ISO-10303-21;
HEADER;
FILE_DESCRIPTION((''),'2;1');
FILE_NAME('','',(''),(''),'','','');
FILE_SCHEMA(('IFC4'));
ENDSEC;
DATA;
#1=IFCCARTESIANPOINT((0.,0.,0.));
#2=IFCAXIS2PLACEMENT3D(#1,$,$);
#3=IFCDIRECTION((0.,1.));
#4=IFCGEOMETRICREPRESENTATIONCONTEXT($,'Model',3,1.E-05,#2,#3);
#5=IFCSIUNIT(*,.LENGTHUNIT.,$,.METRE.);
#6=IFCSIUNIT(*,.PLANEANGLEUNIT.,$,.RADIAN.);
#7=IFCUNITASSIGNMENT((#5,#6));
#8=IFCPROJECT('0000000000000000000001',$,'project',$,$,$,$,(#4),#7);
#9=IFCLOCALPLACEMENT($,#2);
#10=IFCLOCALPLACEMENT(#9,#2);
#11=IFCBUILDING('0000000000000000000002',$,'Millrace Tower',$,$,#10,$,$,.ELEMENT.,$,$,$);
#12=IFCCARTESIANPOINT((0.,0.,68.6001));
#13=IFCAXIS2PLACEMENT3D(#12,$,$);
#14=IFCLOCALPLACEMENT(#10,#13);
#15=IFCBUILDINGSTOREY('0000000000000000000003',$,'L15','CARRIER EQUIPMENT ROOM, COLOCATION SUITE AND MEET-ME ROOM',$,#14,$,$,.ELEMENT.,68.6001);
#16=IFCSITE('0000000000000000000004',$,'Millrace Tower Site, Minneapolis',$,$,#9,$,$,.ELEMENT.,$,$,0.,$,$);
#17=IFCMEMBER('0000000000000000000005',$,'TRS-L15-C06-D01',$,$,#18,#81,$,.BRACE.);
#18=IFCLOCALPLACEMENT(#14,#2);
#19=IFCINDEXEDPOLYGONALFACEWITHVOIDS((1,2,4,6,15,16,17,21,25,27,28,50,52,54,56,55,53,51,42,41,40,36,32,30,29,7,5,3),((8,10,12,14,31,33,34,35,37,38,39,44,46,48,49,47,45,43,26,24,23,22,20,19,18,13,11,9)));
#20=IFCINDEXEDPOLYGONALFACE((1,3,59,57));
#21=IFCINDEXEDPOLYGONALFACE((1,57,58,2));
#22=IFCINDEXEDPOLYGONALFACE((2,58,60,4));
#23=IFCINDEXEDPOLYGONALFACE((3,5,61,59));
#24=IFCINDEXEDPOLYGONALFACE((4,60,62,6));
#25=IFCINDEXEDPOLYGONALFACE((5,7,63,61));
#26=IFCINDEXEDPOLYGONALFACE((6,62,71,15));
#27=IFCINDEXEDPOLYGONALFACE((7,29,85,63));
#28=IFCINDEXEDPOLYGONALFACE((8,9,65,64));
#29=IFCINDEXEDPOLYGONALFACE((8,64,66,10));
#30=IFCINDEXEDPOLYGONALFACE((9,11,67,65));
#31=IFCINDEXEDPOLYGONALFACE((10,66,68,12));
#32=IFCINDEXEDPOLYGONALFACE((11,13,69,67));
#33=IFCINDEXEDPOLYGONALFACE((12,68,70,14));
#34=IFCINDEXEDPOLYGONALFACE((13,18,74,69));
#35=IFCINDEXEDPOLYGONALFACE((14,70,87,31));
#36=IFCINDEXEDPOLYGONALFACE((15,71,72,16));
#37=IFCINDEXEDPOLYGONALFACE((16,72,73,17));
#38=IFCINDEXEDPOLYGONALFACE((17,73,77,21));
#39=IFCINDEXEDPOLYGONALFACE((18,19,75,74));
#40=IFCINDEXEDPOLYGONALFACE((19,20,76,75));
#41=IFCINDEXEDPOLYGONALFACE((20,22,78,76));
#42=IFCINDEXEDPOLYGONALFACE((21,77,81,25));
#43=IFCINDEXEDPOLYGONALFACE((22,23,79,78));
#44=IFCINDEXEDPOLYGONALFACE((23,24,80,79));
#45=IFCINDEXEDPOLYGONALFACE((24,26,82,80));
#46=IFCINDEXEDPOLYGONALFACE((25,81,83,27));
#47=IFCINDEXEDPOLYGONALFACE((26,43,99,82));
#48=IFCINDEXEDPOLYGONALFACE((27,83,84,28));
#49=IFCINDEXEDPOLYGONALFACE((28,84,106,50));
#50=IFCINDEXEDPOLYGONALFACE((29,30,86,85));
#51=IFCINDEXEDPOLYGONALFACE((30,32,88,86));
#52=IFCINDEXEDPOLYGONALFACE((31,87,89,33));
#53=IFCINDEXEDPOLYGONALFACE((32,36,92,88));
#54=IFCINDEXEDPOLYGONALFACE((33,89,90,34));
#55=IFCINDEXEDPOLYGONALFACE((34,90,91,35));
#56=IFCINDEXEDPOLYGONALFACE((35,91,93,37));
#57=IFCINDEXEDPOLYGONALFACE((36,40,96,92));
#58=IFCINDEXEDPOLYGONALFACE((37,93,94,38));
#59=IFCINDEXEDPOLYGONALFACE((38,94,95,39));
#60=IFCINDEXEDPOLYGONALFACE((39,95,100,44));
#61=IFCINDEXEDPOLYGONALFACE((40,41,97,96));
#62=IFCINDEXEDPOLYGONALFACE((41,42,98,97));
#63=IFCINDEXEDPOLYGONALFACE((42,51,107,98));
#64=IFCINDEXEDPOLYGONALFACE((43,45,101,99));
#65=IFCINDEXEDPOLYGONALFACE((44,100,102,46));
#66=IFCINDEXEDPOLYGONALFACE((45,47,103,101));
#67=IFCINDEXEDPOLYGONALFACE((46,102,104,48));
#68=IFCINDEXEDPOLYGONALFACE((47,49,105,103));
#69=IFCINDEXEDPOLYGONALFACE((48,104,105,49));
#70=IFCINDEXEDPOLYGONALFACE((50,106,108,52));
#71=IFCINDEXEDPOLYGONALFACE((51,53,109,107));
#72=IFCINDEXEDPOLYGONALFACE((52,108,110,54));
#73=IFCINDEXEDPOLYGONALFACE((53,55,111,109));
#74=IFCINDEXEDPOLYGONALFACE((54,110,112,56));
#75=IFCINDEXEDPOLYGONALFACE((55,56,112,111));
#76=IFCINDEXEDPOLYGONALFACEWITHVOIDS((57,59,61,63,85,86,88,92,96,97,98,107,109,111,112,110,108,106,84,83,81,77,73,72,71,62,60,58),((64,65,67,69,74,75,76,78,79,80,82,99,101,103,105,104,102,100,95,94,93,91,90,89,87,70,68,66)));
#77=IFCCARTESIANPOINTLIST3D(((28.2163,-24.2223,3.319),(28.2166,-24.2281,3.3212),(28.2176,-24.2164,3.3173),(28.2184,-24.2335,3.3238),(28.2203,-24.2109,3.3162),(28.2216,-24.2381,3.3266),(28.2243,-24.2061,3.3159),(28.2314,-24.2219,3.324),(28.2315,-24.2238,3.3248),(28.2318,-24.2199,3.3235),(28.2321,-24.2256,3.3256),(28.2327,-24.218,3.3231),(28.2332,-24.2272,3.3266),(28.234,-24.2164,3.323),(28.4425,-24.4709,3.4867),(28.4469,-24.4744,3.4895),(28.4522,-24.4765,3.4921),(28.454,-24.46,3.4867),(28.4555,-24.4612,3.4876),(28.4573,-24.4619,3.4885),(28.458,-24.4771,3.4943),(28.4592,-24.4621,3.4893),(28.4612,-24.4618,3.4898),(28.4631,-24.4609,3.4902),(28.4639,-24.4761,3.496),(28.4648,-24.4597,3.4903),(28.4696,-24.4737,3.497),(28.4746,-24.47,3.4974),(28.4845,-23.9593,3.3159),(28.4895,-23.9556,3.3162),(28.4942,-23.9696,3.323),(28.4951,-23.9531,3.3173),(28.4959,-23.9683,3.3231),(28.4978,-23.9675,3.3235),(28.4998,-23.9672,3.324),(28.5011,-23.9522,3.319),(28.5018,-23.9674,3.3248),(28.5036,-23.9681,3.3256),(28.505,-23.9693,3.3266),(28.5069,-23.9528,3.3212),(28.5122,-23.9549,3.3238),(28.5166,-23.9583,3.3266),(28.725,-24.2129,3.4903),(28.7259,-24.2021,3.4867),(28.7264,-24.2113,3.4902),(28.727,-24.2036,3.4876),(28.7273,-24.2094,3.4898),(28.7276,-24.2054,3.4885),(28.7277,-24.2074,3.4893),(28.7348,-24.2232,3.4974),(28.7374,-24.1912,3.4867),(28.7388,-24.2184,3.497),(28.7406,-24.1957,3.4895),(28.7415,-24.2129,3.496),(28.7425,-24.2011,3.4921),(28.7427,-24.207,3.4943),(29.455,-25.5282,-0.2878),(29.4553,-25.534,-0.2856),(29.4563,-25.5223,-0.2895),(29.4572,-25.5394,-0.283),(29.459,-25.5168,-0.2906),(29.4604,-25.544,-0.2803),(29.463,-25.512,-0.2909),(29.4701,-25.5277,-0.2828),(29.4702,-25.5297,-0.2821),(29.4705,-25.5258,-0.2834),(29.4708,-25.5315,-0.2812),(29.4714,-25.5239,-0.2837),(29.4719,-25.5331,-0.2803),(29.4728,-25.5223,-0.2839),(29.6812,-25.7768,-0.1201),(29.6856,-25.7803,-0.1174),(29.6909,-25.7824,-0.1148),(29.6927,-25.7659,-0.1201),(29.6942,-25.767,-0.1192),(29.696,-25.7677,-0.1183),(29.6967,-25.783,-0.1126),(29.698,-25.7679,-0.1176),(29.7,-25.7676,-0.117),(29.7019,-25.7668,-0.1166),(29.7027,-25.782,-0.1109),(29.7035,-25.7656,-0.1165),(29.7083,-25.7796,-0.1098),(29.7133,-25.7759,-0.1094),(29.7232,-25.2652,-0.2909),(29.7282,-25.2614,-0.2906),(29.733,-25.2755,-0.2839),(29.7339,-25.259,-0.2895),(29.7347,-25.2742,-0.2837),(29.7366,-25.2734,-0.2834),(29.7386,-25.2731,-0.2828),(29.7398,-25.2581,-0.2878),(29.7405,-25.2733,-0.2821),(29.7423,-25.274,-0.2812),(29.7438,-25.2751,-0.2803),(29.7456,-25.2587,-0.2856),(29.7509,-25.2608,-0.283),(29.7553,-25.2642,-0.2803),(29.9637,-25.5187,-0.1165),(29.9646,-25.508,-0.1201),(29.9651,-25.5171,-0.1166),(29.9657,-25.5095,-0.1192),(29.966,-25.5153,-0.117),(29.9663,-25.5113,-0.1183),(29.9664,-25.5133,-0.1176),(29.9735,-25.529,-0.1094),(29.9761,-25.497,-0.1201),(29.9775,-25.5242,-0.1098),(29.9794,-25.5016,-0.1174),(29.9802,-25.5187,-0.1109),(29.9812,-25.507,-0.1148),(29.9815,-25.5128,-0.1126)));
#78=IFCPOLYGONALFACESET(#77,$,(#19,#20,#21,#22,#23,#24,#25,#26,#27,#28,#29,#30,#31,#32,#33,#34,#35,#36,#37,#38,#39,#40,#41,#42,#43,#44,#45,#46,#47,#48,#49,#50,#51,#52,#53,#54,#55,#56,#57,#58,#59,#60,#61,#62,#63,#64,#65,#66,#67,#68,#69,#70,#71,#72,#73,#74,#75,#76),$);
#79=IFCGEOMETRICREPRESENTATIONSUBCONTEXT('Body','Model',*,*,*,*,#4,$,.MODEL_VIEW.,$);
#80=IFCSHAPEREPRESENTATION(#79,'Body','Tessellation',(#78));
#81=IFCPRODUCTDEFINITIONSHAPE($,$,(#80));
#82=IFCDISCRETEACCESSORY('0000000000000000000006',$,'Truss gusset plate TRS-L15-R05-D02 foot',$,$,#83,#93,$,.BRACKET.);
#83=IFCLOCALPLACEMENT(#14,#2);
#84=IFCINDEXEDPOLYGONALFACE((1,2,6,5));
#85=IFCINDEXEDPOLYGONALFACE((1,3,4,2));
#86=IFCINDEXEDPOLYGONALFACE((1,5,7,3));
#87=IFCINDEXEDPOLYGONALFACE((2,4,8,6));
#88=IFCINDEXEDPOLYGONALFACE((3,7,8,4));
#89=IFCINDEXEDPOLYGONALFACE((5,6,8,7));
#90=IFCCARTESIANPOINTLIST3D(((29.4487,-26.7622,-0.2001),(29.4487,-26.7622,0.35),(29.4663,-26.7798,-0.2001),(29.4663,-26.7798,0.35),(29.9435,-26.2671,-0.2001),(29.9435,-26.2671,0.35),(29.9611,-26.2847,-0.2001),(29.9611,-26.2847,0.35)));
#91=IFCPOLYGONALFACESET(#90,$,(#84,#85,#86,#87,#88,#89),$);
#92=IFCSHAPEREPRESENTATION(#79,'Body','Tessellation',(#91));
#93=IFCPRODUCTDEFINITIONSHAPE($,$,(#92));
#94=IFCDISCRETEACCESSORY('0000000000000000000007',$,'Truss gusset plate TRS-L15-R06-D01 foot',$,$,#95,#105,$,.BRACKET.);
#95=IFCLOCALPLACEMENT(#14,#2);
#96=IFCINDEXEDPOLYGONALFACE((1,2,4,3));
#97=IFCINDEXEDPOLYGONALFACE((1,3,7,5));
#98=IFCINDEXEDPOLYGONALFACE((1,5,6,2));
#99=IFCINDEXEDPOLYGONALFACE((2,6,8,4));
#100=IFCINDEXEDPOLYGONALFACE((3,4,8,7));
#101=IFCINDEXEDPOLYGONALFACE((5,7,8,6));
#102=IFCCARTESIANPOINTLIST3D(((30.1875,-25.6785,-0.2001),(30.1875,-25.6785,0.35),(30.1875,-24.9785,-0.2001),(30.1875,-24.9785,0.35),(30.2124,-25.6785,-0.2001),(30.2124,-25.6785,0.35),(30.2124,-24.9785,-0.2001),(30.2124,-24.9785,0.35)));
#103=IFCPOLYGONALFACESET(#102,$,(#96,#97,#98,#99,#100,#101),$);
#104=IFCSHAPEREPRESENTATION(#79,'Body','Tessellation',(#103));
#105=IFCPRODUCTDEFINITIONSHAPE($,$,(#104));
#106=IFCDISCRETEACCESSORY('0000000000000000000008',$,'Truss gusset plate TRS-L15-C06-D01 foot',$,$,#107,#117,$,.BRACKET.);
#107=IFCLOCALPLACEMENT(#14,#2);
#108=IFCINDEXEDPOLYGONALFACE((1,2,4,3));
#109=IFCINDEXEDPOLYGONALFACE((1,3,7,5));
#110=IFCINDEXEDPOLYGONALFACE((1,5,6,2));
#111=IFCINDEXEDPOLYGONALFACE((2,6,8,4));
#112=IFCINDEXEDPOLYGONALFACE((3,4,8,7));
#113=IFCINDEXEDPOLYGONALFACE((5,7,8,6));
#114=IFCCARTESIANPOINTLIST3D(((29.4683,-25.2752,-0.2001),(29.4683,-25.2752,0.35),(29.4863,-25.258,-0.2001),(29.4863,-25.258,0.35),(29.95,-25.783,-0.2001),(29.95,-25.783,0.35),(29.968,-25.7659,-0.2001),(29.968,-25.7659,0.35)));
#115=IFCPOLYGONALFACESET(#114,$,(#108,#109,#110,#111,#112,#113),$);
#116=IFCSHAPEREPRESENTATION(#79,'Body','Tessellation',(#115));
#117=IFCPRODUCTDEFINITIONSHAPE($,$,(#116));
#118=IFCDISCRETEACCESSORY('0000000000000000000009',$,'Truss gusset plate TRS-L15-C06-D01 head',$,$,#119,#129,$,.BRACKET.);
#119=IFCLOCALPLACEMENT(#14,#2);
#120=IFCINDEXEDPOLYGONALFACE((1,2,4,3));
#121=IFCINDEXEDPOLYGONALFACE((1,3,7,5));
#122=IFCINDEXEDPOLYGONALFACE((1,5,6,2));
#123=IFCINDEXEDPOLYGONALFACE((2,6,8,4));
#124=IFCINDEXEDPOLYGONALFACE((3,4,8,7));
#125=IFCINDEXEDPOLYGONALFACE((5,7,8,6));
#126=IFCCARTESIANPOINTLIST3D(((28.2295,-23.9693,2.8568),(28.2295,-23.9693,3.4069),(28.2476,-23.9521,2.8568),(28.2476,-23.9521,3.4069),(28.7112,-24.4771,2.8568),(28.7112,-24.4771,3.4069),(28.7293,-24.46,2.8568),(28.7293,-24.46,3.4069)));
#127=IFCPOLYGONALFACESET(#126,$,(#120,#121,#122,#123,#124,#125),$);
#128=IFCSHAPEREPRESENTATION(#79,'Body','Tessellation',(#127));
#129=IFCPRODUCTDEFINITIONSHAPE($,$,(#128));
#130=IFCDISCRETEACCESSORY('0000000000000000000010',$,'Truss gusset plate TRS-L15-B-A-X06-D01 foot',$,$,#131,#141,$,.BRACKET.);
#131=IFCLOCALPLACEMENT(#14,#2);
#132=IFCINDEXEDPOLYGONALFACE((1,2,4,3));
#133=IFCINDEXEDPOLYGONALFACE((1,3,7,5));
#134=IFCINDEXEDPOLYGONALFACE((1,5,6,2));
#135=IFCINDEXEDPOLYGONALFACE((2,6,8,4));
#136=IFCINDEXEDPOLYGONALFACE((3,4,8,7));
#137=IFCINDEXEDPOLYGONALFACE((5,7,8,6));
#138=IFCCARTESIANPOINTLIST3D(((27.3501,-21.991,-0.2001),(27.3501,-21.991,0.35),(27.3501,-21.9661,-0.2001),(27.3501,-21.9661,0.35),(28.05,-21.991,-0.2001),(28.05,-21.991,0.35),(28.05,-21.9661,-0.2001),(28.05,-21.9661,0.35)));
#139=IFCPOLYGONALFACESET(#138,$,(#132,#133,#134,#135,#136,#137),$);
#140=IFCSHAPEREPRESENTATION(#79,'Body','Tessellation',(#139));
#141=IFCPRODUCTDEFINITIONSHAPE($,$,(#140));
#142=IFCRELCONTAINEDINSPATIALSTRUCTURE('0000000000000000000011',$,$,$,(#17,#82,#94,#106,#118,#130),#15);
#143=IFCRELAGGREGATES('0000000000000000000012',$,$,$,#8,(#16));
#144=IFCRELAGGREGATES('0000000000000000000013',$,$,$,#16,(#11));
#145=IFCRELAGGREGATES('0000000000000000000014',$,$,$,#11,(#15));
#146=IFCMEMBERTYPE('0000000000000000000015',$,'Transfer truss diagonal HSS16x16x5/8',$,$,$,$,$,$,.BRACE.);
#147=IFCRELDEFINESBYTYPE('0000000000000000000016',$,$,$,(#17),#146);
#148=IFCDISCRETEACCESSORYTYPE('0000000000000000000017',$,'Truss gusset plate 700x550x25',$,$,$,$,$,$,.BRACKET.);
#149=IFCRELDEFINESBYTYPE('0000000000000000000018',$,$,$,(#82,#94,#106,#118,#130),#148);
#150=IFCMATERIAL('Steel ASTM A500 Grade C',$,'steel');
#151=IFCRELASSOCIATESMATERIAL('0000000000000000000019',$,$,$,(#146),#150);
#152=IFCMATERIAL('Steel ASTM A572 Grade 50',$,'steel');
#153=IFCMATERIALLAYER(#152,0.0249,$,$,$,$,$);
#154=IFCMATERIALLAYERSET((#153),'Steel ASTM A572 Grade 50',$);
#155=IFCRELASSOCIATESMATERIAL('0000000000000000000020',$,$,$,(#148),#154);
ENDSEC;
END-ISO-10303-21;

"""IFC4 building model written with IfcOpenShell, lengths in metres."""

from ifc_helpers import new_model, si_unit, direction, frame, origin, origin_2d, place, context, subcontext, project, spatial, rectangle, hollow_rectangle, extrude, material, layer, layer_set, material_profile, profile_set, type_object, element, save


model = new_model("IFC4")

# Units and contexts
model_context = context("Model", 3, precision=1e-05, world=origin(), true_north=direction((0.0, 1.0)))
body_context = subcontext(model_context, "Body", "Model", "MODEL_VIEW")
ifc_project = project(units=[si_unit("LENGTHUNIT", "METRE"), si_unit("PLANEANGLEUNIT", "RADIAN")], contexts=[model_context])

# Site, building, storey
site_placement = place(None, origin())
site = spatial("IfcSite", under=ifc_project, at=site_placement, Name="Millrace Tower Site, Minneapolis", CompositionType="ELEMENT", RefElevation=0.0)
building_placement = place(site_placement, origin())
building = spatial("IfcBuilding", under=site, at=building_placement, Name="Millrace Tower", CompositionType="ELEMENT")
storey_placement = place(building_placement, frame((0.0, 0.0, 68.6001)))
storey = spatial("IfcBuildingStorey", under=building, at=storey_placement, Name="L15", Description="CARRIER EQUIPMENT ROOM, COLOCATION SUITE AND MEET-ME ROOM", CompositionType="ELEMENT", Elevation=68.6001)

# Member
ifc_material_1 = material(Name="Steel ASTM A500 Grade C", Category="steel")
ifc_material_profile_1 = material_profile(ifc_material_1, hollow_rectangle(XDim=0.4065, YDim=0.4065, WallThickness=0.0159, InnerFilletRadius=0.0081, OuterFilletRadius=0.0239, at=origin_2d()))
ifc_profile_set_1 = profile_set([ifc_material_profile_1], Name="Steel ASTM A500 Grade C")
member_type_1 = type_object("IfcMemberType", Name="Transfer truss diagonal HSS16x16x5/8", PredefinedType="BRACE", material=ifc_profile_set_1)
member_1_placement = place(storey_placement, frame((29.7183, -25.5205, -0.2002), z_axis=(-0.307302, 0.323957, 0.894772), x_axis=(-0.725511, -0.688211, 0.0)))
element("IfcMember", 1, at=member_1_placement, inside=storey, type_object=member_type_1, Name="TRS-L15-C06-D01", PredefinedType="BRACE", context=body_context, shape_type="SweptSolid", body=[
    extrude(hollow_rectangle(XDim=0.4065, YDim=0.4065, WallThickness=0.0159, InnerFilletRadius=0.0081, OuterFilletRadius=0.0239, at=origin_2d()), origin(), (0.0, 0.0, 1.0), 4.031),
])

# Discrete accessories
ifc_material_2 = material(Name="Steel ASTM A572 Grade 50", Category="steel")
ifc_layer_1 = layer(ifc_material_2, 0.0249)
ifc_layer_set_1 = layer_set([ifc_layer_1], Name="Steel ASTM A572 Grade 50")
discrete_accessory_type = type_object("IfcDiscreteAccessoryType", Name="Truss gusset plate 700x550x25", PredefinedType="BRACKET", material=ifc_layer_set_1)
for number, where, z_axis, x_axis, name in (
    (2, (29.4575, -26.771, 0.075), (0.706932, 0.707281, 0.0), (-0.707281, 0.706932, 0.0), "Truss gusset plate TRS-L15-R05-D02 foot"),
    (3, (30.2, -25.6785, 0.075), (0.0, 1.0, 0.0), (-1.0, 0.0, 0.0), "Truss gusset plate TRS-L15-R06-D01 foot"),
    (4, (29.4773, -25.2666, 0.075), (0.688199, -0.725522, 0.0), (0.725522, 0.688199, 0.0), "Truss gusset plate TRS-L15-C06-D01 foot"),
    (5, (28.2385, -23.9607, 3.1318), (0.688199, -0.725522, 0.0), (0.725522, 0.688199, 0.0), "Truss gusset plate TRS-L15-C06-D01 head"),
    (6, (27.3501, -21.9785, 0.075), (1.0, 0.0, 0.0), (0.0, 1.0, 0.0), "Truss gusset plate TRS-L15-B-A-X06-D01 foot"),
):
    element("IfcDiscreteAccessory", number, at=place(storey_placement, frame(where, z_axis=z_axis, x_axis=x_axis)), inside=storey, type_object=discrete_accessory_type, Name=name, PredefinedType="BRACKET", context=body_context, shape_type="SweptSolid", body=[
        extrude(rectangle(XDim=0.0249, YDim=0.55, at=origin_2d()), origin(), (0.0, 0.0, 1.0), 0.7),
    ])

save(model, "model.ifc")
